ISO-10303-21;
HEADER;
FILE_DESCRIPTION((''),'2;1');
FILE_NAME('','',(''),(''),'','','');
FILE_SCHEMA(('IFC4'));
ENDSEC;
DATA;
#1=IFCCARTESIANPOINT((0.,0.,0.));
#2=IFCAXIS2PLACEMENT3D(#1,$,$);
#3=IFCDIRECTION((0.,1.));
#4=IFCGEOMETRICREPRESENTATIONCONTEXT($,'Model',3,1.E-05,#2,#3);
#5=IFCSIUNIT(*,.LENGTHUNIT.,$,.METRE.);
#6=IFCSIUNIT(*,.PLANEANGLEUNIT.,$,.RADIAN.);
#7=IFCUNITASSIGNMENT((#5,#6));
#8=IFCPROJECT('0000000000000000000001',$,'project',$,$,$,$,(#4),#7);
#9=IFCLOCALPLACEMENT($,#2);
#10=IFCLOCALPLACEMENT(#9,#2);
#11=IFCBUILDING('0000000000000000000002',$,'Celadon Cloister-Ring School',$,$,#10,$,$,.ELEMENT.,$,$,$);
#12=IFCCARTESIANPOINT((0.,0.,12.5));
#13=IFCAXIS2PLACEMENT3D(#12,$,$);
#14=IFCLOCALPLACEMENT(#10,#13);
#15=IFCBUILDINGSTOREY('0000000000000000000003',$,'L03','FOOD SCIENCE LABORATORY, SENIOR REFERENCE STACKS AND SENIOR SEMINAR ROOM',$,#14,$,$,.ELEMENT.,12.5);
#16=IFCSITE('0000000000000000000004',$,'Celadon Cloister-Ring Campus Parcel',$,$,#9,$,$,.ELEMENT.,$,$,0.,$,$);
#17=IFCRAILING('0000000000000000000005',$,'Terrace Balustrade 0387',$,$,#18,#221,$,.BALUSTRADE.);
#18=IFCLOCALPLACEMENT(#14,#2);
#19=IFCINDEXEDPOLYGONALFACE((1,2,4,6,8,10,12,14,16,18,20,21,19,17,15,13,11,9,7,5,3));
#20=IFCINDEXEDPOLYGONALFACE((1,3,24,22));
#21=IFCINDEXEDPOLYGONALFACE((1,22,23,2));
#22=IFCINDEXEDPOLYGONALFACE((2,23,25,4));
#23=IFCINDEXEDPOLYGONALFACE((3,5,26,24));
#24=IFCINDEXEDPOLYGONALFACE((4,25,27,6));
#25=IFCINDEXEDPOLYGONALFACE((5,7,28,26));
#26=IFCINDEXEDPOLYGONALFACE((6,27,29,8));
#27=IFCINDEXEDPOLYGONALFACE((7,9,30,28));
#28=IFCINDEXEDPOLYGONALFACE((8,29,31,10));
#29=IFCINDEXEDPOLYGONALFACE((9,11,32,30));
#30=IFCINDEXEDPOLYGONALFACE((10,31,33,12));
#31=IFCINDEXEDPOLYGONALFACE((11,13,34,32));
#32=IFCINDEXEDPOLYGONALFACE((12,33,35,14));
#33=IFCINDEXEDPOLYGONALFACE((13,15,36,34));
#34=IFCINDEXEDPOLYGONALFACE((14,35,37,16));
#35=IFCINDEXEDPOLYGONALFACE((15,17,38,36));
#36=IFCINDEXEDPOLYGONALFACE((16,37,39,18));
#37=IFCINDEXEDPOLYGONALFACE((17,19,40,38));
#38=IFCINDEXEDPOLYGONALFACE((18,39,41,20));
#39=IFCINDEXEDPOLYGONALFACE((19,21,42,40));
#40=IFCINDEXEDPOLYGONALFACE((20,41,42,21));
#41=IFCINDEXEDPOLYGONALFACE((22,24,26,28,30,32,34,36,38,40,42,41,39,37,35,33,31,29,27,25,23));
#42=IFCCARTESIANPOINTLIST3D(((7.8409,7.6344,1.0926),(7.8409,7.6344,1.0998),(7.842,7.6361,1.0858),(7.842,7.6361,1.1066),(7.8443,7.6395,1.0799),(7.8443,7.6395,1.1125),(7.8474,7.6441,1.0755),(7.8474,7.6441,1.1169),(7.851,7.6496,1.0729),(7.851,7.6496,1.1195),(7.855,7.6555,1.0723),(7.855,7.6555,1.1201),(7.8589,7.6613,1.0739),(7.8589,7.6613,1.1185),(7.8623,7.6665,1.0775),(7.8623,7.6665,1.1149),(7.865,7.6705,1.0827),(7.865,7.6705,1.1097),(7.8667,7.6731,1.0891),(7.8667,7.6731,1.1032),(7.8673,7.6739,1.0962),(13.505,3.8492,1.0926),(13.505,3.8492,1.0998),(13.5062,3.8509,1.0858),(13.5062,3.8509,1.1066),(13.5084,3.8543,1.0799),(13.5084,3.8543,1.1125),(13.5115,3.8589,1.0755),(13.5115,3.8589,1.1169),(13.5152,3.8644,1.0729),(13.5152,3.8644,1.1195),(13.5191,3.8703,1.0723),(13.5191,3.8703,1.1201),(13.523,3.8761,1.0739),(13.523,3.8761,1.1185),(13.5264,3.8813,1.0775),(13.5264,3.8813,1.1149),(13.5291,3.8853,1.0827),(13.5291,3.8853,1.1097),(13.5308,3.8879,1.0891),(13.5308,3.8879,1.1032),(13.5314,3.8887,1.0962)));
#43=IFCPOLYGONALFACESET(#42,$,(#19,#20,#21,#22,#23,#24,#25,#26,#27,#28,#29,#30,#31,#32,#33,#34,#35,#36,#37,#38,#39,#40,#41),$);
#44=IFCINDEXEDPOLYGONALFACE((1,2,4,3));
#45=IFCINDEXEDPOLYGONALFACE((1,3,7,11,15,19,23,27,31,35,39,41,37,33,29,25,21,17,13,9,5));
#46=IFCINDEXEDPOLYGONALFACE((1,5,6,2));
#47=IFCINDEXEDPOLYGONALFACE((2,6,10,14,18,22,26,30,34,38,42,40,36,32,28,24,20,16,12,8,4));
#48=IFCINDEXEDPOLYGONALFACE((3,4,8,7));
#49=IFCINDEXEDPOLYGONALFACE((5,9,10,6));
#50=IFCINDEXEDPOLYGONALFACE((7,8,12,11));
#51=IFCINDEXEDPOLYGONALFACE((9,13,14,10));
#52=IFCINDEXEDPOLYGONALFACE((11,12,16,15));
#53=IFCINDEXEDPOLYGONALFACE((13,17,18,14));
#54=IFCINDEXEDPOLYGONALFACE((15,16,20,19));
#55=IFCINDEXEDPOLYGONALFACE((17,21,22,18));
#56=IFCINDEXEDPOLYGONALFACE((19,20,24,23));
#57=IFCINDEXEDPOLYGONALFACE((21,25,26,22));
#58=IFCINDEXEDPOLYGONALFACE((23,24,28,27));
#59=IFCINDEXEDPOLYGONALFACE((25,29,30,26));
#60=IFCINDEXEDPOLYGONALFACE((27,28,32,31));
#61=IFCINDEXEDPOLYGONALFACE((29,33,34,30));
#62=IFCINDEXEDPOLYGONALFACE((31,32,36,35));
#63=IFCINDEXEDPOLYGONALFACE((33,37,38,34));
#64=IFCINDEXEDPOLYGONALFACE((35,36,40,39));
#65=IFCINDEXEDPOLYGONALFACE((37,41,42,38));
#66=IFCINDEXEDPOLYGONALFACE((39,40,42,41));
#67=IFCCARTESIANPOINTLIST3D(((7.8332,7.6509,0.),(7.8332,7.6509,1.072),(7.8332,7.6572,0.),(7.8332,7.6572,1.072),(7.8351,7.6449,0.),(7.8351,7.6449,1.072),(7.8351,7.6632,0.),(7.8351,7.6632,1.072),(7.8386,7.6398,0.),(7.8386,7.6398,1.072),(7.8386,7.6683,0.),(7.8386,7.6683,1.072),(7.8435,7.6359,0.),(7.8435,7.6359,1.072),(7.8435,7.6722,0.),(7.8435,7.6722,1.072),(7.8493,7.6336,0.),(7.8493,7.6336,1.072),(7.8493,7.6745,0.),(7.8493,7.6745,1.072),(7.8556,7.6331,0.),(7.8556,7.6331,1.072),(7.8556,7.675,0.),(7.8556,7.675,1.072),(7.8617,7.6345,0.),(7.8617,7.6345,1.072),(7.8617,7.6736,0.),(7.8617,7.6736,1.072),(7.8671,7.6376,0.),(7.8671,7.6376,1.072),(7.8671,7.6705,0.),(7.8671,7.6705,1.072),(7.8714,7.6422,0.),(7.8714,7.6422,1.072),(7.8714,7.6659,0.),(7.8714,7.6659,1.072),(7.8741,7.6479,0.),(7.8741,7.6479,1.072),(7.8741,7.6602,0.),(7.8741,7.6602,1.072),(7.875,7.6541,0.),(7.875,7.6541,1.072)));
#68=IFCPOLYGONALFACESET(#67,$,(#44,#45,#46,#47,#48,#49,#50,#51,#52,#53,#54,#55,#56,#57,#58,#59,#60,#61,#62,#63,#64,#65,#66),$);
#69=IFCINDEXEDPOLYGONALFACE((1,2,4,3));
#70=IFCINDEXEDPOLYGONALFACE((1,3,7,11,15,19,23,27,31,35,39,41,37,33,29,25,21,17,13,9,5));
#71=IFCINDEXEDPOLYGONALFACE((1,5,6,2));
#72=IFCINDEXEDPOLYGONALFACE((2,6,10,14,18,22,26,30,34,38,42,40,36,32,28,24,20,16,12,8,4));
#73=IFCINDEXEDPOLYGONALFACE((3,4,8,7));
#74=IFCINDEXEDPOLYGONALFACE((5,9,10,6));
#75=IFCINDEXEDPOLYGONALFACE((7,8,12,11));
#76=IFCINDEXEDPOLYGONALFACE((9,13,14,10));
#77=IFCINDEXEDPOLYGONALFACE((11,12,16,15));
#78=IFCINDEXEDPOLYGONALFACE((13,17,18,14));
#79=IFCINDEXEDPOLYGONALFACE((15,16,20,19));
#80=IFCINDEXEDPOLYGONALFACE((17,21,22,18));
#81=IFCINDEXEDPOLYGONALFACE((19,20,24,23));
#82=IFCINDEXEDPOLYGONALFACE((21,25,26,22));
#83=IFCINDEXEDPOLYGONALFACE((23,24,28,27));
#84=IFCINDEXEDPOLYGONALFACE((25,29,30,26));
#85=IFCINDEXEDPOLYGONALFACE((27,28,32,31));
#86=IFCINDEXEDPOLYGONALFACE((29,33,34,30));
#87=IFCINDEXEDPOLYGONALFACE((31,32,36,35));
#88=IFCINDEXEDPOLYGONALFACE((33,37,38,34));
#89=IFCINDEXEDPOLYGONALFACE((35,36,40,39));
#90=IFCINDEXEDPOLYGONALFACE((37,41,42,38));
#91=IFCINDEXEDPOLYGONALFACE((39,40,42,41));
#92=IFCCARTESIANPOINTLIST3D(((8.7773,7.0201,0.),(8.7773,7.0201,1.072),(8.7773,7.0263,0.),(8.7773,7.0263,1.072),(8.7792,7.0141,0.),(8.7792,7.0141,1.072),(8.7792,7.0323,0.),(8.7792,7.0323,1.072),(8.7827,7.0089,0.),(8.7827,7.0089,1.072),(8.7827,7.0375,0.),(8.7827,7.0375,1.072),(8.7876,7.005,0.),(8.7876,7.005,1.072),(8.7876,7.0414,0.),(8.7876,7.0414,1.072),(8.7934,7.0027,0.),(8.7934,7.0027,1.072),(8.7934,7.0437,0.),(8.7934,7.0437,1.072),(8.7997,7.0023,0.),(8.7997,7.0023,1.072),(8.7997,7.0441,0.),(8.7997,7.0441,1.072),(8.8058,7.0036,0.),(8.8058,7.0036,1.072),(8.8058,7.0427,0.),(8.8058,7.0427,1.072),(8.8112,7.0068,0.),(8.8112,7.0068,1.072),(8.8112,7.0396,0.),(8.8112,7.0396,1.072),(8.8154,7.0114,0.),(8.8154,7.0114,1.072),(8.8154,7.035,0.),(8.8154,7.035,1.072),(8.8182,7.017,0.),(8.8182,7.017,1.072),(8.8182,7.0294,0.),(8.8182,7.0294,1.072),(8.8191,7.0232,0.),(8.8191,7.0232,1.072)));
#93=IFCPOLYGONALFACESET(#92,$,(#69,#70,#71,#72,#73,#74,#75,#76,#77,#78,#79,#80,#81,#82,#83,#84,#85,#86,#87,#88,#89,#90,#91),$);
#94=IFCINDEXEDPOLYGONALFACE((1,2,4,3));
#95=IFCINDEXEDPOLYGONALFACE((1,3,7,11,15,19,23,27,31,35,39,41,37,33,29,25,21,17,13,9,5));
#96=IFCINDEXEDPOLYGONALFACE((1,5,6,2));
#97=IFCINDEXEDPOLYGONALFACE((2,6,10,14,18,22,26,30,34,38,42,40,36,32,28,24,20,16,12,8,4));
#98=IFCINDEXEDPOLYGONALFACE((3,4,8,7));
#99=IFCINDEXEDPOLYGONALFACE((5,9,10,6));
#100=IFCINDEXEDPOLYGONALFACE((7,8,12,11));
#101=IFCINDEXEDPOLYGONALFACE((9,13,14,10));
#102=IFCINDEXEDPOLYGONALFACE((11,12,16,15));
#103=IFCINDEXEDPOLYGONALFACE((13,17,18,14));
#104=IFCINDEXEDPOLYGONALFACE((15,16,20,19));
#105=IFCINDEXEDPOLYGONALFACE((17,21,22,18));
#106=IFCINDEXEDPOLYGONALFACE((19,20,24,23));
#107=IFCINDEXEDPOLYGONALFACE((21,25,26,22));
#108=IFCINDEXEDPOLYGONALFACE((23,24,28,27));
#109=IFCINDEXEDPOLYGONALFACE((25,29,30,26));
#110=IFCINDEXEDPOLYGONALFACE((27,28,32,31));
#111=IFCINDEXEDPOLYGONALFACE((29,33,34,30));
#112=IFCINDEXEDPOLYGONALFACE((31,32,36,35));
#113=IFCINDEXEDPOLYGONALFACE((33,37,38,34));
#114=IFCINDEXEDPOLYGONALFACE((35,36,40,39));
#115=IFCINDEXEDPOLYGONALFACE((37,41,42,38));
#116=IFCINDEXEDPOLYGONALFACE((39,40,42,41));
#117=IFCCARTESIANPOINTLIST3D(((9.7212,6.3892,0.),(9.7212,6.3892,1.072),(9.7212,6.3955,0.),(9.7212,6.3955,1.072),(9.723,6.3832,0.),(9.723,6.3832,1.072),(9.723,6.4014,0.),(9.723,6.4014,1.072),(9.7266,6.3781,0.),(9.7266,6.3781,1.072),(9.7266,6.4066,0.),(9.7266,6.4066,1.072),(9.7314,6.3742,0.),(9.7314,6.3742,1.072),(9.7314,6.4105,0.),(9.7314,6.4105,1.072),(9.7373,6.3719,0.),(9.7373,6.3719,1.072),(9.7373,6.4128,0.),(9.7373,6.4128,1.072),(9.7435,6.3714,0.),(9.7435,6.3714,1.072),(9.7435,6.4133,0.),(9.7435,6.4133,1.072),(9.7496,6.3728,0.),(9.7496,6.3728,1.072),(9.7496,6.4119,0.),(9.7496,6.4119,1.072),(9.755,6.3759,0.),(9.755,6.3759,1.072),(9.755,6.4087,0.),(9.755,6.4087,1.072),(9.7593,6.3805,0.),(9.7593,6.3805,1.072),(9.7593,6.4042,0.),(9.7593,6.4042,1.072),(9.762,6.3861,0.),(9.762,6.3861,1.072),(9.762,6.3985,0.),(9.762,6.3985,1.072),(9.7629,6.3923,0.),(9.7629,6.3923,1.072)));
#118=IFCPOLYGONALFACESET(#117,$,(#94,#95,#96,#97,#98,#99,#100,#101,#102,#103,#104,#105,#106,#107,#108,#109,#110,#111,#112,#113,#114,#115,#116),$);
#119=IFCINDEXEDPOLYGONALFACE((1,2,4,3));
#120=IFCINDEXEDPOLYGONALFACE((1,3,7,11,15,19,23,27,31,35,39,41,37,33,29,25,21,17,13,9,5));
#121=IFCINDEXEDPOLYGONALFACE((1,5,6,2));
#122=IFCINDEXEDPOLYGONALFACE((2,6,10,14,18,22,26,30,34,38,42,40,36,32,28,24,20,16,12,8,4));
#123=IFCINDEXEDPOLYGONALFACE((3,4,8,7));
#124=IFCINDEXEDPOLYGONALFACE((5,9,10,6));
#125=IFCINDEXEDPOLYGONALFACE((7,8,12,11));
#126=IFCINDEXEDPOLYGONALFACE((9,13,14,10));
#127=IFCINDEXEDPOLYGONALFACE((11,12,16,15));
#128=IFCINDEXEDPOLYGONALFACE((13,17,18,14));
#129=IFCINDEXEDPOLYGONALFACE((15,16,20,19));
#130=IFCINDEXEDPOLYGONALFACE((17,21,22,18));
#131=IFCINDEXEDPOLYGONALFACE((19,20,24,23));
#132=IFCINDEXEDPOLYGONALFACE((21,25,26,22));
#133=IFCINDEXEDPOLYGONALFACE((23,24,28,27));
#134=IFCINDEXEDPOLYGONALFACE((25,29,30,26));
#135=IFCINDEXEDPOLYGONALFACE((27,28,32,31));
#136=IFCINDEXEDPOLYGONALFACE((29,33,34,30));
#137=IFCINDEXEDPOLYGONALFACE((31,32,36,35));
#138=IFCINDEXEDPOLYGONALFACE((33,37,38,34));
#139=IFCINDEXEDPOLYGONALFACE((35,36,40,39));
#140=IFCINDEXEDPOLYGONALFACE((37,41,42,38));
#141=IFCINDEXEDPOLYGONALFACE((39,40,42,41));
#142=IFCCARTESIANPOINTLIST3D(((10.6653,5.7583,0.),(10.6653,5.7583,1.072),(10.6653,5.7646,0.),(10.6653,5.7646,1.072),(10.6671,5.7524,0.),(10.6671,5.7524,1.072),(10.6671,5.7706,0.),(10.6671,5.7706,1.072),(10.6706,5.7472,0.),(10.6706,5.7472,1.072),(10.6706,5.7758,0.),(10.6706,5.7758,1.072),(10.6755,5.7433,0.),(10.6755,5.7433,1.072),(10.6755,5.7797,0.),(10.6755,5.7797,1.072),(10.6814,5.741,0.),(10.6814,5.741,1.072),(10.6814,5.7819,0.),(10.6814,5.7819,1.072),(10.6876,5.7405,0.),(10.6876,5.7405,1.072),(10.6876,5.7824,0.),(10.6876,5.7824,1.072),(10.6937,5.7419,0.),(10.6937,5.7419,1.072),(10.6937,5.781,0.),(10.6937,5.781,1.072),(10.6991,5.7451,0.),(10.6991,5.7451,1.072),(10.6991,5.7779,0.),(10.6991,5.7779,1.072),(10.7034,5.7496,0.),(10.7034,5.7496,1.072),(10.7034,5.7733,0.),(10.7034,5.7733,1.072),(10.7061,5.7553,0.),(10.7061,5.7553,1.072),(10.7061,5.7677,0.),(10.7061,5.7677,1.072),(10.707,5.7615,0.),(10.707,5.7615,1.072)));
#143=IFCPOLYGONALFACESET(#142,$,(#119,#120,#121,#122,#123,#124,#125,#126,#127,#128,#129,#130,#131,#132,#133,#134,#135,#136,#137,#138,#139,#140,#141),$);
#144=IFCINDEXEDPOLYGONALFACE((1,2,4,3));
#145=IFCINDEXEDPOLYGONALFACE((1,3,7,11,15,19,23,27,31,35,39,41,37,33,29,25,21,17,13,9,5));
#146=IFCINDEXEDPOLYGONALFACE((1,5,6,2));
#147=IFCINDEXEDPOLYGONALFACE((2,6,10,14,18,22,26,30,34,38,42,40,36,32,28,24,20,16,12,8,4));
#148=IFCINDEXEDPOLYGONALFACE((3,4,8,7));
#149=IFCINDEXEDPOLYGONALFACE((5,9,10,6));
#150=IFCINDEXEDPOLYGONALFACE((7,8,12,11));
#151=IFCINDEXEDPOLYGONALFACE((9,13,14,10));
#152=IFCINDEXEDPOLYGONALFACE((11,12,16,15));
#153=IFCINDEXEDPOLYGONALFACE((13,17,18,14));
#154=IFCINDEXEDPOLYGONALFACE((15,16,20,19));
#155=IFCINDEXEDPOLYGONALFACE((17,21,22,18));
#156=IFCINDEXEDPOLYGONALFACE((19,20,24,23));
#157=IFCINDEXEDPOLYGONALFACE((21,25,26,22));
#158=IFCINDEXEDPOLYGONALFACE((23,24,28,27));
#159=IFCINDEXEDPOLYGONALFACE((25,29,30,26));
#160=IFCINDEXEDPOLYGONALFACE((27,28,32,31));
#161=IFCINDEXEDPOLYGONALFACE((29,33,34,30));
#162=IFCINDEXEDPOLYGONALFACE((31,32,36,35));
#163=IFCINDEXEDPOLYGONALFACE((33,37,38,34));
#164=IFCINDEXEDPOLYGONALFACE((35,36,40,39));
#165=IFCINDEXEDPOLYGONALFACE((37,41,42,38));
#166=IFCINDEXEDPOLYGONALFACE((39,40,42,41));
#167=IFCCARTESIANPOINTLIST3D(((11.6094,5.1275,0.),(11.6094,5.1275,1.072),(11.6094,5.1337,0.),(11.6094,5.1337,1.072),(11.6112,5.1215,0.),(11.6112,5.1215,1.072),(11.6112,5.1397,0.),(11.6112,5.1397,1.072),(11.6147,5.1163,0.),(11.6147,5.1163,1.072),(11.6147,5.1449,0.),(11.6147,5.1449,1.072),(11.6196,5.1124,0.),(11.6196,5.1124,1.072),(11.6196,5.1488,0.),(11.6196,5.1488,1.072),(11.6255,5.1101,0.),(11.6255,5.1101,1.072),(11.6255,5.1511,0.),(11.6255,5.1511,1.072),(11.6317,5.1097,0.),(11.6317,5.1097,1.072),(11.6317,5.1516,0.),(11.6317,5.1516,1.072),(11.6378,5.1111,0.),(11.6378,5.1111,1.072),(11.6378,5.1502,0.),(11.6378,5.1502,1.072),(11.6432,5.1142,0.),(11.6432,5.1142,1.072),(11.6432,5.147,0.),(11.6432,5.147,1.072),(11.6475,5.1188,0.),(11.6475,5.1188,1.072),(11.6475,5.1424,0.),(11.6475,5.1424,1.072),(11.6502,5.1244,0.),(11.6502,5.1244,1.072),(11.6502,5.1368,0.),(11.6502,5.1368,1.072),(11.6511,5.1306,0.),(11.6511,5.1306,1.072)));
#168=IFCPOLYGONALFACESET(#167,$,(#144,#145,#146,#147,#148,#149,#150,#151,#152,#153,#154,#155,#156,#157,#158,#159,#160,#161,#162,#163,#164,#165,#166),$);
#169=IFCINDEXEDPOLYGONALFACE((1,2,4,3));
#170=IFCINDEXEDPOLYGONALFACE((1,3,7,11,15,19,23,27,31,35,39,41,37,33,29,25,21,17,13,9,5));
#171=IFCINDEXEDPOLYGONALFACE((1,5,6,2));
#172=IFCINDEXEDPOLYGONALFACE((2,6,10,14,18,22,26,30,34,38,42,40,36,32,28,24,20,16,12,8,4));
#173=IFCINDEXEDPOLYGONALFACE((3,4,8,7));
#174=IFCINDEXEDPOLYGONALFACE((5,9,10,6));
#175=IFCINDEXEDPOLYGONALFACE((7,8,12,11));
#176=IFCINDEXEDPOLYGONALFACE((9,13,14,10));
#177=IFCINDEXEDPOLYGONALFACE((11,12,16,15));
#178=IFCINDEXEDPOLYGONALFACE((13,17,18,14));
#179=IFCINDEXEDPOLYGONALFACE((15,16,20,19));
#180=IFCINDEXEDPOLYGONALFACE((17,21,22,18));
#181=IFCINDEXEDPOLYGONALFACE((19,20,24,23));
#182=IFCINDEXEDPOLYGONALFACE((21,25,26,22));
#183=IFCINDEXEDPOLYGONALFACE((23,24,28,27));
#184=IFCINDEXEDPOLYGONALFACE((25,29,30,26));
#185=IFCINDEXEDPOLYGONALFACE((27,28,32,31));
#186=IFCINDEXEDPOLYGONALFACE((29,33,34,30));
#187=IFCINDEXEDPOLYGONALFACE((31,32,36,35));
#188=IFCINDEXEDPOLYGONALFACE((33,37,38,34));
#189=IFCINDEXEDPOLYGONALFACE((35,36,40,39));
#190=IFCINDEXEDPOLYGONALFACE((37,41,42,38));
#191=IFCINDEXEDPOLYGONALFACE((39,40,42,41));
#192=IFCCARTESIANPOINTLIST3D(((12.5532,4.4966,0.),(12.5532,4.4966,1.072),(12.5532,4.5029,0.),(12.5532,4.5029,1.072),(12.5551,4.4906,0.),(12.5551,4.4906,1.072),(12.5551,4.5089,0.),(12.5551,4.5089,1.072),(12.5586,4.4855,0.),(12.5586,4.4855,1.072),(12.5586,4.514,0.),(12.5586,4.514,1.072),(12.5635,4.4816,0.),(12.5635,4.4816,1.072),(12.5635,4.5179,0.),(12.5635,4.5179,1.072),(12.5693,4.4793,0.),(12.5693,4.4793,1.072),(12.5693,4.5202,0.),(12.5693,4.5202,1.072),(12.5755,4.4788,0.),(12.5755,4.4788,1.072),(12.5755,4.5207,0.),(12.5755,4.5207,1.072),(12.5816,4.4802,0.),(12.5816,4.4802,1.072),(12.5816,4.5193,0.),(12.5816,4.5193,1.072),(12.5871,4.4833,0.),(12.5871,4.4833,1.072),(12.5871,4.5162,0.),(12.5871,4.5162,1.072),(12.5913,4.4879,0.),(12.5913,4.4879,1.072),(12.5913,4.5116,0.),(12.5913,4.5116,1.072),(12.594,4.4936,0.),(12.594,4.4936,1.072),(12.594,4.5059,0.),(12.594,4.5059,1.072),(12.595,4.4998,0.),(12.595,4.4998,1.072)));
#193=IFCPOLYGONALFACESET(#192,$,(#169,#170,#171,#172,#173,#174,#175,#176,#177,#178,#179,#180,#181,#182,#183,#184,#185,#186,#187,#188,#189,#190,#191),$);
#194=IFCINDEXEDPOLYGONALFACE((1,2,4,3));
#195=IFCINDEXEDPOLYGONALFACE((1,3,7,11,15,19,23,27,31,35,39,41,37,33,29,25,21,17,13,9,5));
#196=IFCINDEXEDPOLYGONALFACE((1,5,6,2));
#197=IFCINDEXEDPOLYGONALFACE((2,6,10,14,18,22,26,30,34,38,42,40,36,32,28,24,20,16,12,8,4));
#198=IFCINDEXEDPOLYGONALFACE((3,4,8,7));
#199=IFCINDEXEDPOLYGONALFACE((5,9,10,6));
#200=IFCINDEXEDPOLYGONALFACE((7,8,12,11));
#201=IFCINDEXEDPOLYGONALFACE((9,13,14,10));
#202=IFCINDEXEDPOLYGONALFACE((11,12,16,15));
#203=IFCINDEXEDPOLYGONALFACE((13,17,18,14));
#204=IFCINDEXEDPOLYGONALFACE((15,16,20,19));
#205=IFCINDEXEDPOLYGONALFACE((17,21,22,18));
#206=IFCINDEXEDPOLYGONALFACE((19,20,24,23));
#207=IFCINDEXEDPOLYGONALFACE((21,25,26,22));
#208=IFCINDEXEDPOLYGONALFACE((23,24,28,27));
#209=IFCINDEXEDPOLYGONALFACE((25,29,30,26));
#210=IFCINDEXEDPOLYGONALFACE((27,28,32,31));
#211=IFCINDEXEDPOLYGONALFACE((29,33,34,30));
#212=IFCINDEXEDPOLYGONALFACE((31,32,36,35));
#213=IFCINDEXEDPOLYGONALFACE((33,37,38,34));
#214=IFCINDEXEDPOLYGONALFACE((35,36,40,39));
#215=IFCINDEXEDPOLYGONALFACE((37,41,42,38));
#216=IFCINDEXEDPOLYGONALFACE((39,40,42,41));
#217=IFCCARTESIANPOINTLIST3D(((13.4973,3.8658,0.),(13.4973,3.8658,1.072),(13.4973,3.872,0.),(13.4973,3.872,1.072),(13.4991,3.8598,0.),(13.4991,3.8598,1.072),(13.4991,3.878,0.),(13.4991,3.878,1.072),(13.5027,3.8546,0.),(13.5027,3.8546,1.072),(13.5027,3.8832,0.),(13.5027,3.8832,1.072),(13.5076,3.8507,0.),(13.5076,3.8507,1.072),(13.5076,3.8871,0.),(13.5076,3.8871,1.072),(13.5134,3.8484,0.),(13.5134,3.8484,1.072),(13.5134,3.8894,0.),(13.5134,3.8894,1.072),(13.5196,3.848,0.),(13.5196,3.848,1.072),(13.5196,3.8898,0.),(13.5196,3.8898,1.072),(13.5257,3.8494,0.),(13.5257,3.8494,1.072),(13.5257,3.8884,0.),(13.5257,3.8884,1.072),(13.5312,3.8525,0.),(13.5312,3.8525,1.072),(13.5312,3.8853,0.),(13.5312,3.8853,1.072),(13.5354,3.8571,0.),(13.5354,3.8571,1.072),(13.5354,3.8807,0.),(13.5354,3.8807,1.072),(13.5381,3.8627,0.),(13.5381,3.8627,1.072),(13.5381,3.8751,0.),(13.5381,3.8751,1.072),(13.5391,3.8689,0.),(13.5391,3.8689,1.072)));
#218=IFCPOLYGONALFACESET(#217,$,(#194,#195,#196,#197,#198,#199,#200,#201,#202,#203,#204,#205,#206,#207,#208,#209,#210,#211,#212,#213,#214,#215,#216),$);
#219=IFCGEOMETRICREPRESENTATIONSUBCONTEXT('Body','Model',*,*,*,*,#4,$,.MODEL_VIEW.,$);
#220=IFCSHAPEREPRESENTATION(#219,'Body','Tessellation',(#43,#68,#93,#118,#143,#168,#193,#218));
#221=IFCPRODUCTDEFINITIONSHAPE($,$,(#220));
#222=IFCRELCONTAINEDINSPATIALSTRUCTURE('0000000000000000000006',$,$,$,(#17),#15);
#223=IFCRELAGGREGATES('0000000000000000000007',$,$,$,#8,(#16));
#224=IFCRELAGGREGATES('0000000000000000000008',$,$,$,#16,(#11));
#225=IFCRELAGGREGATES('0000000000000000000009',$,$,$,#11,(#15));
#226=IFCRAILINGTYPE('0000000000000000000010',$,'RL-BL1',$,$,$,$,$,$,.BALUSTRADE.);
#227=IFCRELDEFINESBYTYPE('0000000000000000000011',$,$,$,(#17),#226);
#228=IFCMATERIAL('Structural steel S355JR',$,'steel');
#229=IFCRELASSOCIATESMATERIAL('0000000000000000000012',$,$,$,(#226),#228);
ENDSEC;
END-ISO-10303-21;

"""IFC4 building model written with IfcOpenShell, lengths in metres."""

from ifc_helpers import new_model, si_unit, direction, frame, origin, origin_2d, place, context, subcontext, project, spatial, circle, extrude, material, type_object, element, save


model = new_model("IFC4")

# Units and contexts
model_context = context("Model", 3, precision=1e-05, world=origin(), true_north=direction((0.0, 1.0)))
body_context = subcontext(model_context, "Body", "Model", "MODEL_VIEW")
ifc_project = project(units=[si_unit("LENGTHUNIT", "METRE"), si_unit("PLANEANGLEUNIT", "RADIAN")], contexts=[model_context])

# Site, building, storey
site_placement = place(None, origin())
site = spatial("IfcSite", under=ifc_project, at=site_placement, Name="Celadon Cloister-Ring Campus Parcel", CompositionType="ELEMENT", RefElevation=0.0)
building_placement = place(site_placement, origin())
building = spatial("IfcBuilding", under=site, at=building_placement, Name="Celadon Cloister-Ring School", CompositionType="ELEMENT")
storey_placement = place(building_placement, frame((0.0, 0.0, 12.5)))
storey = spatial("IfcBuildingStorey", under=building, at=storey_placement, Name="L03", Description="FOOD SCIENCE LABORATORY, SENIOR REFERENCE STACKS AND SENIOR SEMINAR ROOM", CompositionType="ELEMENT", Elevation=12.5)

# Railing
ifc_material_1 = material(Name="Structural steel S355JR", Category="steel")
railing_type = type_object("IfcRailingType", Name="RL-BL1", PredefinedType="BALUSTRADE", material=ifc_material_1)
railing_1_placement = place(storey_placement, frame((7.854, 7.6541, 0.0)))
element("IfcRailing", 1, at=railing_1_placement, inside=storey, type_object=railing_type, Name="Terrace Balustrade 0387", PredefinedType="BALUSTRADE", context=body_context, shape_type="SweptSolid", body=[
    extrude(circle(Radius=0.0239, at=origin_2d()), frame((0.0, 0.0, 1.0962), z_axis=(0.831432, -0.555626, 0.0), x_axis=(0.555626, 0.831432, 0.0)), (0.0, 0.0, 1.0), 6.8125),
    extrude(circle(Radius=0.021, at=origin_2d()), origin(), (0.0, 0.0, 1.0), 1.072),
    extrude(circle(Radius=0.021, at=origin_2d()), frame((0.9441, -0.6309, 0.0)), (0.0, 0.0, 1.0), 1.072),
    extrude(circle(Radius=0.021, at=origin_2d()), frame((1.8879, -1.2617, 0.0)), (0.0, 0.0, 1.0), 1.072),
    extrude(circle(Radius=0.021, at=origin_2d()), frame((2.832, -1.8926, 0.0)), (0.0, 0.0, 1.0), 1.072),
    extrude(circle(Radius=0.021, at=origin_2d()), frame((3.7761, -2.5234, 0.0)), (0.0, 0.0, 1.0), 1.072),
    extrude(circle(Radius=0.021, at=origin_2d()), frame((4.72, -3.1543, 0.0)), (0.0, 0.0, 1.0), 1.072),
    extrude(circle(Radius=0.021, at=origin_2d()), frame((5.6641, -3.7852, 0.0)), (0.0, 0.0, 1.0), 1.072),
])

save(model, "model.ifc")
